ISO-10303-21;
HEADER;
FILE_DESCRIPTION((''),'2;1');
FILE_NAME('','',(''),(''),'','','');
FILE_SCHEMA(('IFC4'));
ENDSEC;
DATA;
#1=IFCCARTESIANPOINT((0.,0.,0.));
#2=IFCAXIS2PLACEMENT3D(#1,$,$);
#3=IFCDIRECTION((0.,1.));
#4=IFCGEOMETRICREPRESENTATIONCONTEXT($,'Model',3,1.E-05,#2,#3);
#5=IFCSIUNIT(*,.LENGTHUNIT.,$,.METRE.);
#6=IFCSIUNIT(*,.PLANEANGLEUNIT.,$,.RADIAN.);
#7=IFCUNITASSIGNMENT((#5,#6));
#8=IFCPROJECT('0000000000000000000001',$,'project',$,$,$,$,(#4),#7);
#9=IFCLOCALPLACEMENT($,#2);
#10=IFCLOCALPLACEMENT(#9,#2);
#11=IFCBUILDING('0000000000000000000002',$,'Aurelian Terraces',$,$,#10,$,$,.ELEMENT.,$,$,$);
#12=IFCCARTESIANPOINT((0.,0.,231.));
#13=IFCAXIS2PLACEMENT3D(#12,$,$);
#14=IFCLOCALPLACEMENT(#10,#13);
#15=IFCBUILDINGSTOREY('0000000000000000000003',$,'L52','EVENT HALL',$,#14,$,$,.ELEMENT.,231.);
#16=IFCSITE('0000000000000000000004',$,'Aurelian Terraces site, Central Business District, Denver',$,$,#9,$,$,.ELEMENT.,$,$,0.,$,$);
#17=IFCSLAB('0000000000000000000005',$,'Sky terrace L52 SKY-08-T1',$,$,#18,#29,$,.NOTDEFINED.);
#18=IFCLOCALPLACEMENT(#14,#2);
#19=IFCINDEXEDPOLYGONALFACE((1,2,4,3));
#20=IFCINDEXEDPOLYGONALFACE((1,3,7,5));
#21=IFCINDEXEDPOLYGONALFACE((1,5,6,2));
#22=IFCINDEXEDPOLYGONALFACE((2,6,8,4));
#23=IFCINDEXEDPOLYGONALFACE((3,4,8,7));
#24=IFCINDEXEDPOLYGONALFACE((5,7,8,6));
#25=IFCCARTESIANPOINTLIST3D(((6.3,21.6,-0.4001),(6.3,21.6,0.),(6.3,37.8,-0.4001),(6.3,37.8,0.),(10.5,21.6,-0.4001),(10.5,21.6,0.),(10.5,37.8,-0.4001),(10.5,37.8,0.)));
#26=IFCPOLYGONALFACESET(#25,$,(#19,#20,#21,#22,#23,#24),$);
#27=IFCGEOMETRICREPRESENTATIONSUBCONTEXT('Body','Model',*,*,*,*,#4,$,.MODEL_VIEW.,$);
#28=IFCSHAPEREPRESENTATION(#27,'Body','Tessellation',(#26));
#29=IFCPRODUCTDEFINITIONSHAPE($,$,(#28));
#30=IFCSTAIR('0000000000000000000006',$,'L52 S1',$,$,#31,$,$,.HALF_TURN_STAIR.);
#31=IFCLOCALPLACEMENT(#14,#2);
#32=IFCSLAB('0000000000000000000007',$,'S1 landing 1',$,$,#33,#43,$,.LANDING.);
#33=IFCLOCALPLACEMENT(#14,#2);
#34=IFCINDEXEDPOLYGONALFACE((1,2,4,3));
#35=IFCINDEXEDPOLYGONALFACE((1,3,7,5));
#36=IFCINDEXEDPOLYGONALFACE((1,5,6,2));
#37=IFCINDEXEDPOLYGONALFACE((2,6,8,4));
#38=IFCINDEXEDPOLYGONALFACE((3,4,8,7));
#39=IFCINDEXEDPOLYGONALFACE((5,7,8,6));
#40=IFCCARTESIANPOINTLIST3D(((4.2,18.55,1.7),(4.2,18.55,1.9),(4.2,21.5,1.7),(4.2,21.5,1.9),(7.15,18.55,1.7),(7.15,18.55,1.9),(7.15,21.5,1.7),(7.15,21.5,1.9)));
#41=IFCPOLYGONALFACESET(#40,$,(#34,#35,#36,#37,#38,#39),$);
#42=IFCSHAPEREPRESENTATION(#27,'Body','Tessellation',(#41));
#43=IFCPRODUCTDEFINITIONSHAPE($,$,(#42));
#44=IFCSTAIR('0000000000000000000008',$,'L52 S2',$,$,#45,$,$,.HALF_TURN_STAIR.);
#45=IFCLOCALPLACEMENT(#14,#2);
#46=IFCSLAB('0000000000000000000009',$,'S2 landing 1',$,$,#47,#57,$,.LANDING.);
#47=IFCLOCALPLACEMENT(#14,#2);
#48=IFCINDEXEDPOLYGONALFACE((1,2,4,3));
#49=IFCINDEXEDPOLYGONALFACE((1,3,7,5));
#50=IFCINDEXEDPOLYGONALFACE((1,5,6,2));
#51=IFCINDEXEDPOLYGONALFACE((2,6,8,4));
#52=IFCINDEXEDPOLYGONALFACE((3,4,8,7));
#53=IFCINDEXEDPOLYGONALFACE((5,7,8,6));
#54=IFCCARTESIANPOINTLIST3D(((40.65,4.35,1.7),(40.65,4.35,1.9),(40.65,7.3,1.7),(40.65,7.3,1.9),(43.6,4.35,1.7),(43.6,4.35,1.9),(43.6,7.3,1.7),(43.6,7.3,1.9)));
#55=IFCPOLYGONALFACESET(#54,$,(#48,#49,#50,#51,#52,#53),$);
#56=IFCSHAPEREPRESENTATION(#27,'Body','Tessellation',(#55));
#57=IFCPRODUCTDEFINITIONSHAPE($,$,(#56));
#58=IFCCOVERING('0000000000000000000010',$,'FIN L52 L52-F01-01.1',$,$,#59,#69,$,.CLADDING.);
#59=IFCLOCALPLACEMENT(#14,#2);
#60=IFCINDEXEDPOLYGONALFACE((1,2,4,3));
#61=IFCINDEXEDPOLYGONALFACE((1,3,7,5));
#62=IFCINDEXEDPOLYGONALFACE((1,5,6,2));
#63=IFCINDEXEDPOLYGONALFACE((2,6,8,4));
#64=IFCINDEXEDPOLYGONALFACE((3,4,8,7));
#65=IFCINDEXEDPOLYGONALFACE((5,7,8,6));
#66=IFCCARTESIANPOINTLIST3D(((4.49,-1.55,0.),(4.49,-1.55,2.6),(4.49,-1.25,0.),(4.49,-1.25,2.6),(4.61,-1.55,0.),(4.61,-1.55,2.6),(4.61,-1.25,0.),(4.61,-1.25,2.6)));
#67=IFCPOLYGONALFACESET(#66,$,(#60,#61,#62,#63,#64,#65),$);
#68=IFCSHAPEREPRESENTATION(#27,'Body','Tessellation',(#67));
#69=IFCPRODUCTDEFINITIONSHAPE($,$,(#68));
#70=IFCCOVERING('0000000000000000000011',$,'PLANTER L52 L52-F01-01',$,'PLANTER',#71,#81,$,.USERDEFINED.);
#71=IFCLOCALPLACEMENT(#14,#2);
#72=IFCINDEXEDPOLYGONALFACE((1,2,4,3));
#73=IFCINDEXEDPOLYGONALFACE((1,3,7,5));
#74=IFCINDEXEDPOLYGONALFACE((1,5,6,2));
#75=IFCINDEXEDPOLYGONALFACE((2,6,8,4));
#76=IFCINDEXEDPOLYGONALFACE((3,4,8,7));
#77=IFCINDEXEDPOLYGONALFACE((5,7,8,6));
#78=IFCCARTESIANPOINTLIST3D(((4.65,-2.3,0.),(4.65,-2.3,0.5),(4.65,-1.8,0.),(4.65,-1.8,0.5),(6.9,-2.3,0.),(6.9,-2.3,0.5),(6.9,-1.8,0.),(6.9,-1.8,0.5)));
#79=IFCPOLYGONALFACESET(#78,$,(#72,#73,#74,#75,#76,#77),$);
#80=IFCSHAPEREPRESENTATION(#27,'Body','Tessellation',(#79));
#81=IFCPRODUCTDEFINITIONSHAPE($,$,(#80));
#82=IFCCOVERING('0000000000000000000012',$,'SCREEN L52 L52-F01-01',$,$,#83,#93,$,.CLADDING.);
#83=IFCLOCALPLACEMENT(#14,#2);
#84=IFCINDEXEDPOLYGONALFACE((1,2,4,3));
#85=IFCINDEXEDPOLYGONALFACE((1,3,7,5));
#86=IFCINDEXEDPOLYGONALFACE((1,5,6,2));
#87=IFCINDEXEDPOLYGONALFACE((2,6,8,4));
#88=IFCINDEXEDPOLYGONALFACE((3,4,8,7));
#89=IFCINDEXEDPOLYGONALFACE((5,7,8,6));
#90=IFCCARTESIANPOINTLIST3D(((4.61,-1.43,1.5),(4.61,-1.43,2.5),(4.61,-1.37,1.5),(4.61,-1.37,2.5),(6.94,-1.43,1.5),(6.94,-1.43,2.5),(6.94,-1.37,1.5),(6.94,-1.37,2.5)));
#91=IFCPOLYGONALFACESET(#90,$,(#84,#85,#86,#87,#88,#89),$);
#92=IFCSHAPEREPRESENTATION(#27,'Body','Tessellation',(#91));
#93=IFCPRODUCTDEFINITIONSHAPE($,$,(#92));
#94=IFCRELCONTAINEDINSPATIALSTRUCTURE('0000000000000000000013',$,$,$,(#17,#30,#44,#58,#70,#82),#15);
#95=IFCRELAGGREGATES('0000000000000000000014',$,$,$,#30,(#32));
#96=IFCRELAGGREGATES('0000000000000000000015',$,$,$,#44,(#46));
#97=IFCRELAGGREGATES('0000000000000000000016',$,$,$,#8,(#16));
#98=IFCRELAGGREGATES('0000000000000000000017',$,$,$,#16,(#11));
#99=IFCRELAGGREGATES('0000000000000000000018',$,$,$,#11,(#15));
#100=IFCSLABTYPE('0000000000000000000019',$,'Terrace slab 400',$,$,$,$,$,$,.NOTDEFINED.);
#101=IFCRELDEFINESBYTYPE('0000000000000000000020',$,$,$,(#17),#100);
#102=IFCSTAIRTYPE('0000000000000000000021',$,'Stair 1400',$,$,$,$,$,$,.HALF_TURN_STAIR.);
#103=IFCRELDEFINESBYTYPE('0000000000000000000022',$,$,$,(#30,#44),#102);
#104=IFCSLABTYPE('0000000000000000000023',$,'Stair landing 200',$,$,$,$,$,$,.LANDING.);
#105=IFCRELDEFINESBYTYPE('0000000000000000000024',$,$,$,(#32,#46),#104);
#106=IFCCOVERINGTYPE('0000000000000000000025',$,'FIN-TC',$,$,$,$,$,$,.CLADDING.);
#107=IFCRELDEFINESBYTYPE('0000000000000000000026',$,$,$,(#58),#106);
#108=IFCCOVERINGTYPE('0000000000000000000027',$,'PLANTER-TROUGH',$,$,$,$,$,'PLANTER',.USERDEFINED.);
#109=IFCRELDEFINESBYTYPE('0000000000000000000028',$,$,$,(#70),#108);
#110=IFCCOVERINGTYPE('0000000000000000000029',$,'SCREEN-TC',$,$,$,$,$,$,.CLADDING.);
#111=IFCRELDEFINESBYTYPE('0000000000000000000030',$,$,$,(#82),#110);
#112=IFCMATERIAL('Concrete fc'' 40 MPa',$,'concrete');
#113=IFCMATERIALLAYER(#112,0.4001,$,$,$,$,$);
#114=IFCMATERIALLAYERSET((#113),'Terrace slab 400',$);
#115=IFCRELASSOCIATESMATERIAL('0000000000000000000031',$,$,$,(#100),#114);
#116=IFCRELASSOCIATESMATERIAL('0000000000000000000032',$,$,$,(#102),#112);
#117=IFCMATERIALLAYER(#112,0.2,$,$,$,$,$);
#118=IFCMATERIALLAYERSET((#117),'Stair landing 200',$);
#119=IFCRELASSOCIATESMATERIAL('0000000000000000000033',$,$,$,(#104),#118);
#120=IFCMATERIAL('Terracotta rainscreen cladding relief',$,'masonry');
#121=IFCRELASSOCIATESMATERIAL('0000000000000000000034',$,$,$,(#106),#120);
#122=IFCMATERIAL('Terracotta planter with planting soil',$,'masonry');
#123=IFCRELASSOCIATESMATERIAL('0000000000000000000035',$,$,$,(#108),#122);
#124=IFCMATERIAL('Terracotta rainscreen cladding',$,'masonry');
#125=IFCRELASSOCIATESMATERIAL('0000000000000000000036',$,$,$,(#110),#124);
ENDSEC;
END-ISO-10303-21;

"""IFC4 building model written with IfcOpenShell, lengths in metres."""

from ifc_helpers import new_model, si_unit, direction, frame, origin, origin_2d, place, context, subcontext, project, spatial, polyline, rectangle, outline, extrude, source, transform, mapped, material, layer, layer_set, type_object, element, aggregate, save


model = new_model("IFC4")

# Units and contexts
model_context = context("Model", 3, precision=1e-05, world=origin(), true_north=direction((0.0, 1.0)))
body_context = subcontext(model_context, "Body", "Model", "MODEL_VIEW")
ifc_project = project(units=[si_unit("LENGTHUNIT", "METRE"), si_unit("PLANEANGLEUNIT", "RADIAN")], contexts=[model_context])

# Site, building, storey
site_placement = place(None, origin())
site = spatial("IfcSite", under=ifc_project, at=site_placement, Name="Aurelian Terraces site, Central Business District, Denver", CompositionType="ELEMENT", RefElevation=0.0)
building_placement = place(site_placement, origin())
building = spatial("IfcBuilding", under=site, at=building_placement, Name="Aurelian Terraces", CompositionType="ELEMENT")
storey_placement = place(building_placement, frame((0.0, 0.0, 231.0)))
storey = spatial("IfcBuildingStorey", under=building, at=storey_placement, Name="L52", Description="EVENT HALL", CompositionType="ELEMENT", Elevation=231.0)

# Slab
ifc_material_1 = material(Name="Concrete fc' 40 MPa", Category="concrete")
ifc_layer_1 = layer(ifc_material_1, 0.4001)
ifc_layer_set_1 = layer_set([ifc_layer_1], Name="Terrace slab 400")
slab_type_1 = type_object("IfcSlabType", Name="Terrace slab 400", PredefinedType="NOTDEFINED", material=ifc_layer_set_1)
shared_shape_1 = source(origin(), body_context, "Body", "SweptSolid", [
    extrude(outline(polyline([(10.5, 21.6), (6.3, 21.6), (6.3, 37.8), (10.5, 37.8), (10.5, 21.6)])), origin(), (0.0, 0.0, 1.0), 0.4001),
])
slab_1_placement = place(storey_placement, frame((0.0, 0.0, -0.4001)))
element("IfcSlab", 1, at=slab_1_placement, inside=storey, type_object=slab_type_1, Name="Sky terrace L52 SKY-08-T1", PredefinedType="NOTDEFINED", context=body_context, shape_type="MappedRepresentation", body=[
    mapped(shared_shape_1, transform((0.0, 0.0, 0.0), scale=1.0)),
])

# Stairs, slabs
stair_type = type_object("IfcStairType", Name="Stair 1400", PredefinedType="HALF_TURN_STAIR", material=ifc_material_1)
stair_1_placement = place(storey_placement, origin())
stair_1 = element("IfcStair", 2, at=stair_1_placement, inside=storey, type_object=stair_type, Name="L52 S1", PredefinedType="HALF_TURN_STAIR")
ifc_layer_2 = layer(ifc_material_1, 0.2)
ifc_layer_set_2 = layer_set([ifc_layer_2], Name="Stair landing 200")
slab_type_2 = type_object("IfcSlabType", Name="Stair landing 200", PredefinedType="LANDING", material=ifc_layer_set_2)
shared_shape_2 = source(origin(), body_context, "Body", "SweptSolid", [
    extrude(outline(polyline([(7.15, 18.55), (7.15, 21.5), (4.2, 21.5), (4.2, 18.55), (7.15, 18.55)])), origin(), (0.0, 0.0, 1.0), 0.2),
])
slab_2_placement = place(storey_placement, frame((0.0, 0.0, 1.7)))
slab_2 = element("IfcSlab", 3, at=slab_2_placement, type_object=slab_type_2, Name="S1 landing 1", PredefinedType="LANDING", context=body_context, shape_type="MappedRepresentation", body=[
    mapped(shared_shape_2, transform((0.0, 0.0, 0.0), scale=1.0)),
])
aggregate(stair_1, [slab_2])
stair_2_placement = place(storey_placement, origin())
stair_2 = element("IfcStair", 4, at=stair_2_placement, inside=storey, type_object=stair_type, Name="L52 S2", PredefinedType="HALF_TURN_STAIR")
shared_shape_3 = source(origin(), body_context, "Body", "SweptSolid", [
    extrude(outline(polyline([(43.6, 4.35), (43.6, 7.3), (40.65, 7.3), (40.65, 4.35), (43.6, 4.35)])), origin(), (0.0, 0.0, 1.0), 0.2),
])
slab_3_placement = place(storey_placement, frame((0.0, 0.0, 1.7)))
slab_3 = element("IfcSlab", 5, at=slab_3_placement, type_object=slab_type_2, Name="S2 landing 1", PredefinedType="LANDING", context=body_context, shape_type="MappedRepresentation", body=[
    mapped(shared_shape_3, transform((0.0, 0.0, 0.0), scale=1.0)),
])
aggregate(stair_2, [slab_3])

# Covering
ifc_material_2 = material(Name="Terracotta rainscreen cladding relief", Category="masonry")
covering_type_1 = type_object("IfcCoveringType", Name="FIN-TC", PredefinedType="CLADDING", material=ifc_material_2)
shared_shape_4 = source(origin(), body_context, "Body", "SweptSolid", [
    extrude(rectangle(XDim=0.12, YDim=0.3, at=origin_2d()), origin(), (0.0, 0.0, 1.0), 2.6),
])
covering_1_placement = place(storey_placement, frame((4.55, -1.4, 0.0), z_axis=(0.0, 0.0, 1.0), x_axis=(1.0, 0.0, 0.0)))
element("IfcCovering", 6, at=covering_1_placement, inside=storey, type_object=covering_type_1, Name="FIN L52 L52-F01-01.1", PredefinedType="CLADDING", context=body_context, shape_type="MappedRepresentation", body=[
    mapped(shared_shape_4, transform((0.0, 0.0, 0.0), scale=1.0)),
])

# Coverings
ifc_material_3 = material(Name="Terracotta planter with planting soil", Category="masonry")
covering_type_2 = type_object("IfcCoveringType", Name="PLANTER-TROUGH", ElementType="PLANTER", PredefinedType="USERDEFINED", material=ifc_material_3)
shared_shape_5 = source(origin(), body_context, "Body", "SweptSolid", [
    extrude(rectangle(XDim=2.25, YDim=0.5, at=origin_2d()), origin(), (0.0, 0.0, 1.0), 0.5),
])
covering_2_placement = place(storey_placement, frame((5.775, -2.05, 0.0), z_axis=(0.0, 0.0, 1.0), x_axis=(1.0, 0.0, 0.0)))
element("IfcCovering", 7, at=covering_2_placement, inside=storey, type_object=covering_type_2, Name="PLANTER L52 L52-F01-01", ObjectType="PLANTER", PredefinedType="USERDEFINED", context=body_context, shape_type="MappedRepresentation", body=[
    mapped(shared_shape_5, transform((0.0, 0.0, 0.0), scale=1.0)),
])
ifc_material_4 = material(Name="Terracotta rainscreen cladding", Category="masonry")
covering_type_3 = type_object("IfcCoveringType", Name="SCREEN-TC", PredefinedType="CLADDING", material=ifc_material_4)
shared_shape_6 = source(origin(), body_context, "Body", "SweptSolid", [
    extrude(rectangle(XDim=2.33, YDim=0.06, at=origin_2d()), origin(), (0.0, 0.0, 1.0), 1.0),
])
covering_3_placement = place(storey_placement, frame((5.775, -1.4, 1.5), z_axis=(0.0, 0.0, 1.0), x_axis=(1.0, 0.0, 0.0)))
element("IfcCovering", 8, at=covering_3_placement, inside=storey, type_object=covering_type_3, Name="SCREEN L52 L52-F01-01", PredefinedType="CLADDING", context=body_context, shape_type="MappedRepresentation", body=[
    mapped(shared_shape_6, transform((0.0, 0.0, 0.0), scale=1.0)),
])

save(model, "model.ifc")
